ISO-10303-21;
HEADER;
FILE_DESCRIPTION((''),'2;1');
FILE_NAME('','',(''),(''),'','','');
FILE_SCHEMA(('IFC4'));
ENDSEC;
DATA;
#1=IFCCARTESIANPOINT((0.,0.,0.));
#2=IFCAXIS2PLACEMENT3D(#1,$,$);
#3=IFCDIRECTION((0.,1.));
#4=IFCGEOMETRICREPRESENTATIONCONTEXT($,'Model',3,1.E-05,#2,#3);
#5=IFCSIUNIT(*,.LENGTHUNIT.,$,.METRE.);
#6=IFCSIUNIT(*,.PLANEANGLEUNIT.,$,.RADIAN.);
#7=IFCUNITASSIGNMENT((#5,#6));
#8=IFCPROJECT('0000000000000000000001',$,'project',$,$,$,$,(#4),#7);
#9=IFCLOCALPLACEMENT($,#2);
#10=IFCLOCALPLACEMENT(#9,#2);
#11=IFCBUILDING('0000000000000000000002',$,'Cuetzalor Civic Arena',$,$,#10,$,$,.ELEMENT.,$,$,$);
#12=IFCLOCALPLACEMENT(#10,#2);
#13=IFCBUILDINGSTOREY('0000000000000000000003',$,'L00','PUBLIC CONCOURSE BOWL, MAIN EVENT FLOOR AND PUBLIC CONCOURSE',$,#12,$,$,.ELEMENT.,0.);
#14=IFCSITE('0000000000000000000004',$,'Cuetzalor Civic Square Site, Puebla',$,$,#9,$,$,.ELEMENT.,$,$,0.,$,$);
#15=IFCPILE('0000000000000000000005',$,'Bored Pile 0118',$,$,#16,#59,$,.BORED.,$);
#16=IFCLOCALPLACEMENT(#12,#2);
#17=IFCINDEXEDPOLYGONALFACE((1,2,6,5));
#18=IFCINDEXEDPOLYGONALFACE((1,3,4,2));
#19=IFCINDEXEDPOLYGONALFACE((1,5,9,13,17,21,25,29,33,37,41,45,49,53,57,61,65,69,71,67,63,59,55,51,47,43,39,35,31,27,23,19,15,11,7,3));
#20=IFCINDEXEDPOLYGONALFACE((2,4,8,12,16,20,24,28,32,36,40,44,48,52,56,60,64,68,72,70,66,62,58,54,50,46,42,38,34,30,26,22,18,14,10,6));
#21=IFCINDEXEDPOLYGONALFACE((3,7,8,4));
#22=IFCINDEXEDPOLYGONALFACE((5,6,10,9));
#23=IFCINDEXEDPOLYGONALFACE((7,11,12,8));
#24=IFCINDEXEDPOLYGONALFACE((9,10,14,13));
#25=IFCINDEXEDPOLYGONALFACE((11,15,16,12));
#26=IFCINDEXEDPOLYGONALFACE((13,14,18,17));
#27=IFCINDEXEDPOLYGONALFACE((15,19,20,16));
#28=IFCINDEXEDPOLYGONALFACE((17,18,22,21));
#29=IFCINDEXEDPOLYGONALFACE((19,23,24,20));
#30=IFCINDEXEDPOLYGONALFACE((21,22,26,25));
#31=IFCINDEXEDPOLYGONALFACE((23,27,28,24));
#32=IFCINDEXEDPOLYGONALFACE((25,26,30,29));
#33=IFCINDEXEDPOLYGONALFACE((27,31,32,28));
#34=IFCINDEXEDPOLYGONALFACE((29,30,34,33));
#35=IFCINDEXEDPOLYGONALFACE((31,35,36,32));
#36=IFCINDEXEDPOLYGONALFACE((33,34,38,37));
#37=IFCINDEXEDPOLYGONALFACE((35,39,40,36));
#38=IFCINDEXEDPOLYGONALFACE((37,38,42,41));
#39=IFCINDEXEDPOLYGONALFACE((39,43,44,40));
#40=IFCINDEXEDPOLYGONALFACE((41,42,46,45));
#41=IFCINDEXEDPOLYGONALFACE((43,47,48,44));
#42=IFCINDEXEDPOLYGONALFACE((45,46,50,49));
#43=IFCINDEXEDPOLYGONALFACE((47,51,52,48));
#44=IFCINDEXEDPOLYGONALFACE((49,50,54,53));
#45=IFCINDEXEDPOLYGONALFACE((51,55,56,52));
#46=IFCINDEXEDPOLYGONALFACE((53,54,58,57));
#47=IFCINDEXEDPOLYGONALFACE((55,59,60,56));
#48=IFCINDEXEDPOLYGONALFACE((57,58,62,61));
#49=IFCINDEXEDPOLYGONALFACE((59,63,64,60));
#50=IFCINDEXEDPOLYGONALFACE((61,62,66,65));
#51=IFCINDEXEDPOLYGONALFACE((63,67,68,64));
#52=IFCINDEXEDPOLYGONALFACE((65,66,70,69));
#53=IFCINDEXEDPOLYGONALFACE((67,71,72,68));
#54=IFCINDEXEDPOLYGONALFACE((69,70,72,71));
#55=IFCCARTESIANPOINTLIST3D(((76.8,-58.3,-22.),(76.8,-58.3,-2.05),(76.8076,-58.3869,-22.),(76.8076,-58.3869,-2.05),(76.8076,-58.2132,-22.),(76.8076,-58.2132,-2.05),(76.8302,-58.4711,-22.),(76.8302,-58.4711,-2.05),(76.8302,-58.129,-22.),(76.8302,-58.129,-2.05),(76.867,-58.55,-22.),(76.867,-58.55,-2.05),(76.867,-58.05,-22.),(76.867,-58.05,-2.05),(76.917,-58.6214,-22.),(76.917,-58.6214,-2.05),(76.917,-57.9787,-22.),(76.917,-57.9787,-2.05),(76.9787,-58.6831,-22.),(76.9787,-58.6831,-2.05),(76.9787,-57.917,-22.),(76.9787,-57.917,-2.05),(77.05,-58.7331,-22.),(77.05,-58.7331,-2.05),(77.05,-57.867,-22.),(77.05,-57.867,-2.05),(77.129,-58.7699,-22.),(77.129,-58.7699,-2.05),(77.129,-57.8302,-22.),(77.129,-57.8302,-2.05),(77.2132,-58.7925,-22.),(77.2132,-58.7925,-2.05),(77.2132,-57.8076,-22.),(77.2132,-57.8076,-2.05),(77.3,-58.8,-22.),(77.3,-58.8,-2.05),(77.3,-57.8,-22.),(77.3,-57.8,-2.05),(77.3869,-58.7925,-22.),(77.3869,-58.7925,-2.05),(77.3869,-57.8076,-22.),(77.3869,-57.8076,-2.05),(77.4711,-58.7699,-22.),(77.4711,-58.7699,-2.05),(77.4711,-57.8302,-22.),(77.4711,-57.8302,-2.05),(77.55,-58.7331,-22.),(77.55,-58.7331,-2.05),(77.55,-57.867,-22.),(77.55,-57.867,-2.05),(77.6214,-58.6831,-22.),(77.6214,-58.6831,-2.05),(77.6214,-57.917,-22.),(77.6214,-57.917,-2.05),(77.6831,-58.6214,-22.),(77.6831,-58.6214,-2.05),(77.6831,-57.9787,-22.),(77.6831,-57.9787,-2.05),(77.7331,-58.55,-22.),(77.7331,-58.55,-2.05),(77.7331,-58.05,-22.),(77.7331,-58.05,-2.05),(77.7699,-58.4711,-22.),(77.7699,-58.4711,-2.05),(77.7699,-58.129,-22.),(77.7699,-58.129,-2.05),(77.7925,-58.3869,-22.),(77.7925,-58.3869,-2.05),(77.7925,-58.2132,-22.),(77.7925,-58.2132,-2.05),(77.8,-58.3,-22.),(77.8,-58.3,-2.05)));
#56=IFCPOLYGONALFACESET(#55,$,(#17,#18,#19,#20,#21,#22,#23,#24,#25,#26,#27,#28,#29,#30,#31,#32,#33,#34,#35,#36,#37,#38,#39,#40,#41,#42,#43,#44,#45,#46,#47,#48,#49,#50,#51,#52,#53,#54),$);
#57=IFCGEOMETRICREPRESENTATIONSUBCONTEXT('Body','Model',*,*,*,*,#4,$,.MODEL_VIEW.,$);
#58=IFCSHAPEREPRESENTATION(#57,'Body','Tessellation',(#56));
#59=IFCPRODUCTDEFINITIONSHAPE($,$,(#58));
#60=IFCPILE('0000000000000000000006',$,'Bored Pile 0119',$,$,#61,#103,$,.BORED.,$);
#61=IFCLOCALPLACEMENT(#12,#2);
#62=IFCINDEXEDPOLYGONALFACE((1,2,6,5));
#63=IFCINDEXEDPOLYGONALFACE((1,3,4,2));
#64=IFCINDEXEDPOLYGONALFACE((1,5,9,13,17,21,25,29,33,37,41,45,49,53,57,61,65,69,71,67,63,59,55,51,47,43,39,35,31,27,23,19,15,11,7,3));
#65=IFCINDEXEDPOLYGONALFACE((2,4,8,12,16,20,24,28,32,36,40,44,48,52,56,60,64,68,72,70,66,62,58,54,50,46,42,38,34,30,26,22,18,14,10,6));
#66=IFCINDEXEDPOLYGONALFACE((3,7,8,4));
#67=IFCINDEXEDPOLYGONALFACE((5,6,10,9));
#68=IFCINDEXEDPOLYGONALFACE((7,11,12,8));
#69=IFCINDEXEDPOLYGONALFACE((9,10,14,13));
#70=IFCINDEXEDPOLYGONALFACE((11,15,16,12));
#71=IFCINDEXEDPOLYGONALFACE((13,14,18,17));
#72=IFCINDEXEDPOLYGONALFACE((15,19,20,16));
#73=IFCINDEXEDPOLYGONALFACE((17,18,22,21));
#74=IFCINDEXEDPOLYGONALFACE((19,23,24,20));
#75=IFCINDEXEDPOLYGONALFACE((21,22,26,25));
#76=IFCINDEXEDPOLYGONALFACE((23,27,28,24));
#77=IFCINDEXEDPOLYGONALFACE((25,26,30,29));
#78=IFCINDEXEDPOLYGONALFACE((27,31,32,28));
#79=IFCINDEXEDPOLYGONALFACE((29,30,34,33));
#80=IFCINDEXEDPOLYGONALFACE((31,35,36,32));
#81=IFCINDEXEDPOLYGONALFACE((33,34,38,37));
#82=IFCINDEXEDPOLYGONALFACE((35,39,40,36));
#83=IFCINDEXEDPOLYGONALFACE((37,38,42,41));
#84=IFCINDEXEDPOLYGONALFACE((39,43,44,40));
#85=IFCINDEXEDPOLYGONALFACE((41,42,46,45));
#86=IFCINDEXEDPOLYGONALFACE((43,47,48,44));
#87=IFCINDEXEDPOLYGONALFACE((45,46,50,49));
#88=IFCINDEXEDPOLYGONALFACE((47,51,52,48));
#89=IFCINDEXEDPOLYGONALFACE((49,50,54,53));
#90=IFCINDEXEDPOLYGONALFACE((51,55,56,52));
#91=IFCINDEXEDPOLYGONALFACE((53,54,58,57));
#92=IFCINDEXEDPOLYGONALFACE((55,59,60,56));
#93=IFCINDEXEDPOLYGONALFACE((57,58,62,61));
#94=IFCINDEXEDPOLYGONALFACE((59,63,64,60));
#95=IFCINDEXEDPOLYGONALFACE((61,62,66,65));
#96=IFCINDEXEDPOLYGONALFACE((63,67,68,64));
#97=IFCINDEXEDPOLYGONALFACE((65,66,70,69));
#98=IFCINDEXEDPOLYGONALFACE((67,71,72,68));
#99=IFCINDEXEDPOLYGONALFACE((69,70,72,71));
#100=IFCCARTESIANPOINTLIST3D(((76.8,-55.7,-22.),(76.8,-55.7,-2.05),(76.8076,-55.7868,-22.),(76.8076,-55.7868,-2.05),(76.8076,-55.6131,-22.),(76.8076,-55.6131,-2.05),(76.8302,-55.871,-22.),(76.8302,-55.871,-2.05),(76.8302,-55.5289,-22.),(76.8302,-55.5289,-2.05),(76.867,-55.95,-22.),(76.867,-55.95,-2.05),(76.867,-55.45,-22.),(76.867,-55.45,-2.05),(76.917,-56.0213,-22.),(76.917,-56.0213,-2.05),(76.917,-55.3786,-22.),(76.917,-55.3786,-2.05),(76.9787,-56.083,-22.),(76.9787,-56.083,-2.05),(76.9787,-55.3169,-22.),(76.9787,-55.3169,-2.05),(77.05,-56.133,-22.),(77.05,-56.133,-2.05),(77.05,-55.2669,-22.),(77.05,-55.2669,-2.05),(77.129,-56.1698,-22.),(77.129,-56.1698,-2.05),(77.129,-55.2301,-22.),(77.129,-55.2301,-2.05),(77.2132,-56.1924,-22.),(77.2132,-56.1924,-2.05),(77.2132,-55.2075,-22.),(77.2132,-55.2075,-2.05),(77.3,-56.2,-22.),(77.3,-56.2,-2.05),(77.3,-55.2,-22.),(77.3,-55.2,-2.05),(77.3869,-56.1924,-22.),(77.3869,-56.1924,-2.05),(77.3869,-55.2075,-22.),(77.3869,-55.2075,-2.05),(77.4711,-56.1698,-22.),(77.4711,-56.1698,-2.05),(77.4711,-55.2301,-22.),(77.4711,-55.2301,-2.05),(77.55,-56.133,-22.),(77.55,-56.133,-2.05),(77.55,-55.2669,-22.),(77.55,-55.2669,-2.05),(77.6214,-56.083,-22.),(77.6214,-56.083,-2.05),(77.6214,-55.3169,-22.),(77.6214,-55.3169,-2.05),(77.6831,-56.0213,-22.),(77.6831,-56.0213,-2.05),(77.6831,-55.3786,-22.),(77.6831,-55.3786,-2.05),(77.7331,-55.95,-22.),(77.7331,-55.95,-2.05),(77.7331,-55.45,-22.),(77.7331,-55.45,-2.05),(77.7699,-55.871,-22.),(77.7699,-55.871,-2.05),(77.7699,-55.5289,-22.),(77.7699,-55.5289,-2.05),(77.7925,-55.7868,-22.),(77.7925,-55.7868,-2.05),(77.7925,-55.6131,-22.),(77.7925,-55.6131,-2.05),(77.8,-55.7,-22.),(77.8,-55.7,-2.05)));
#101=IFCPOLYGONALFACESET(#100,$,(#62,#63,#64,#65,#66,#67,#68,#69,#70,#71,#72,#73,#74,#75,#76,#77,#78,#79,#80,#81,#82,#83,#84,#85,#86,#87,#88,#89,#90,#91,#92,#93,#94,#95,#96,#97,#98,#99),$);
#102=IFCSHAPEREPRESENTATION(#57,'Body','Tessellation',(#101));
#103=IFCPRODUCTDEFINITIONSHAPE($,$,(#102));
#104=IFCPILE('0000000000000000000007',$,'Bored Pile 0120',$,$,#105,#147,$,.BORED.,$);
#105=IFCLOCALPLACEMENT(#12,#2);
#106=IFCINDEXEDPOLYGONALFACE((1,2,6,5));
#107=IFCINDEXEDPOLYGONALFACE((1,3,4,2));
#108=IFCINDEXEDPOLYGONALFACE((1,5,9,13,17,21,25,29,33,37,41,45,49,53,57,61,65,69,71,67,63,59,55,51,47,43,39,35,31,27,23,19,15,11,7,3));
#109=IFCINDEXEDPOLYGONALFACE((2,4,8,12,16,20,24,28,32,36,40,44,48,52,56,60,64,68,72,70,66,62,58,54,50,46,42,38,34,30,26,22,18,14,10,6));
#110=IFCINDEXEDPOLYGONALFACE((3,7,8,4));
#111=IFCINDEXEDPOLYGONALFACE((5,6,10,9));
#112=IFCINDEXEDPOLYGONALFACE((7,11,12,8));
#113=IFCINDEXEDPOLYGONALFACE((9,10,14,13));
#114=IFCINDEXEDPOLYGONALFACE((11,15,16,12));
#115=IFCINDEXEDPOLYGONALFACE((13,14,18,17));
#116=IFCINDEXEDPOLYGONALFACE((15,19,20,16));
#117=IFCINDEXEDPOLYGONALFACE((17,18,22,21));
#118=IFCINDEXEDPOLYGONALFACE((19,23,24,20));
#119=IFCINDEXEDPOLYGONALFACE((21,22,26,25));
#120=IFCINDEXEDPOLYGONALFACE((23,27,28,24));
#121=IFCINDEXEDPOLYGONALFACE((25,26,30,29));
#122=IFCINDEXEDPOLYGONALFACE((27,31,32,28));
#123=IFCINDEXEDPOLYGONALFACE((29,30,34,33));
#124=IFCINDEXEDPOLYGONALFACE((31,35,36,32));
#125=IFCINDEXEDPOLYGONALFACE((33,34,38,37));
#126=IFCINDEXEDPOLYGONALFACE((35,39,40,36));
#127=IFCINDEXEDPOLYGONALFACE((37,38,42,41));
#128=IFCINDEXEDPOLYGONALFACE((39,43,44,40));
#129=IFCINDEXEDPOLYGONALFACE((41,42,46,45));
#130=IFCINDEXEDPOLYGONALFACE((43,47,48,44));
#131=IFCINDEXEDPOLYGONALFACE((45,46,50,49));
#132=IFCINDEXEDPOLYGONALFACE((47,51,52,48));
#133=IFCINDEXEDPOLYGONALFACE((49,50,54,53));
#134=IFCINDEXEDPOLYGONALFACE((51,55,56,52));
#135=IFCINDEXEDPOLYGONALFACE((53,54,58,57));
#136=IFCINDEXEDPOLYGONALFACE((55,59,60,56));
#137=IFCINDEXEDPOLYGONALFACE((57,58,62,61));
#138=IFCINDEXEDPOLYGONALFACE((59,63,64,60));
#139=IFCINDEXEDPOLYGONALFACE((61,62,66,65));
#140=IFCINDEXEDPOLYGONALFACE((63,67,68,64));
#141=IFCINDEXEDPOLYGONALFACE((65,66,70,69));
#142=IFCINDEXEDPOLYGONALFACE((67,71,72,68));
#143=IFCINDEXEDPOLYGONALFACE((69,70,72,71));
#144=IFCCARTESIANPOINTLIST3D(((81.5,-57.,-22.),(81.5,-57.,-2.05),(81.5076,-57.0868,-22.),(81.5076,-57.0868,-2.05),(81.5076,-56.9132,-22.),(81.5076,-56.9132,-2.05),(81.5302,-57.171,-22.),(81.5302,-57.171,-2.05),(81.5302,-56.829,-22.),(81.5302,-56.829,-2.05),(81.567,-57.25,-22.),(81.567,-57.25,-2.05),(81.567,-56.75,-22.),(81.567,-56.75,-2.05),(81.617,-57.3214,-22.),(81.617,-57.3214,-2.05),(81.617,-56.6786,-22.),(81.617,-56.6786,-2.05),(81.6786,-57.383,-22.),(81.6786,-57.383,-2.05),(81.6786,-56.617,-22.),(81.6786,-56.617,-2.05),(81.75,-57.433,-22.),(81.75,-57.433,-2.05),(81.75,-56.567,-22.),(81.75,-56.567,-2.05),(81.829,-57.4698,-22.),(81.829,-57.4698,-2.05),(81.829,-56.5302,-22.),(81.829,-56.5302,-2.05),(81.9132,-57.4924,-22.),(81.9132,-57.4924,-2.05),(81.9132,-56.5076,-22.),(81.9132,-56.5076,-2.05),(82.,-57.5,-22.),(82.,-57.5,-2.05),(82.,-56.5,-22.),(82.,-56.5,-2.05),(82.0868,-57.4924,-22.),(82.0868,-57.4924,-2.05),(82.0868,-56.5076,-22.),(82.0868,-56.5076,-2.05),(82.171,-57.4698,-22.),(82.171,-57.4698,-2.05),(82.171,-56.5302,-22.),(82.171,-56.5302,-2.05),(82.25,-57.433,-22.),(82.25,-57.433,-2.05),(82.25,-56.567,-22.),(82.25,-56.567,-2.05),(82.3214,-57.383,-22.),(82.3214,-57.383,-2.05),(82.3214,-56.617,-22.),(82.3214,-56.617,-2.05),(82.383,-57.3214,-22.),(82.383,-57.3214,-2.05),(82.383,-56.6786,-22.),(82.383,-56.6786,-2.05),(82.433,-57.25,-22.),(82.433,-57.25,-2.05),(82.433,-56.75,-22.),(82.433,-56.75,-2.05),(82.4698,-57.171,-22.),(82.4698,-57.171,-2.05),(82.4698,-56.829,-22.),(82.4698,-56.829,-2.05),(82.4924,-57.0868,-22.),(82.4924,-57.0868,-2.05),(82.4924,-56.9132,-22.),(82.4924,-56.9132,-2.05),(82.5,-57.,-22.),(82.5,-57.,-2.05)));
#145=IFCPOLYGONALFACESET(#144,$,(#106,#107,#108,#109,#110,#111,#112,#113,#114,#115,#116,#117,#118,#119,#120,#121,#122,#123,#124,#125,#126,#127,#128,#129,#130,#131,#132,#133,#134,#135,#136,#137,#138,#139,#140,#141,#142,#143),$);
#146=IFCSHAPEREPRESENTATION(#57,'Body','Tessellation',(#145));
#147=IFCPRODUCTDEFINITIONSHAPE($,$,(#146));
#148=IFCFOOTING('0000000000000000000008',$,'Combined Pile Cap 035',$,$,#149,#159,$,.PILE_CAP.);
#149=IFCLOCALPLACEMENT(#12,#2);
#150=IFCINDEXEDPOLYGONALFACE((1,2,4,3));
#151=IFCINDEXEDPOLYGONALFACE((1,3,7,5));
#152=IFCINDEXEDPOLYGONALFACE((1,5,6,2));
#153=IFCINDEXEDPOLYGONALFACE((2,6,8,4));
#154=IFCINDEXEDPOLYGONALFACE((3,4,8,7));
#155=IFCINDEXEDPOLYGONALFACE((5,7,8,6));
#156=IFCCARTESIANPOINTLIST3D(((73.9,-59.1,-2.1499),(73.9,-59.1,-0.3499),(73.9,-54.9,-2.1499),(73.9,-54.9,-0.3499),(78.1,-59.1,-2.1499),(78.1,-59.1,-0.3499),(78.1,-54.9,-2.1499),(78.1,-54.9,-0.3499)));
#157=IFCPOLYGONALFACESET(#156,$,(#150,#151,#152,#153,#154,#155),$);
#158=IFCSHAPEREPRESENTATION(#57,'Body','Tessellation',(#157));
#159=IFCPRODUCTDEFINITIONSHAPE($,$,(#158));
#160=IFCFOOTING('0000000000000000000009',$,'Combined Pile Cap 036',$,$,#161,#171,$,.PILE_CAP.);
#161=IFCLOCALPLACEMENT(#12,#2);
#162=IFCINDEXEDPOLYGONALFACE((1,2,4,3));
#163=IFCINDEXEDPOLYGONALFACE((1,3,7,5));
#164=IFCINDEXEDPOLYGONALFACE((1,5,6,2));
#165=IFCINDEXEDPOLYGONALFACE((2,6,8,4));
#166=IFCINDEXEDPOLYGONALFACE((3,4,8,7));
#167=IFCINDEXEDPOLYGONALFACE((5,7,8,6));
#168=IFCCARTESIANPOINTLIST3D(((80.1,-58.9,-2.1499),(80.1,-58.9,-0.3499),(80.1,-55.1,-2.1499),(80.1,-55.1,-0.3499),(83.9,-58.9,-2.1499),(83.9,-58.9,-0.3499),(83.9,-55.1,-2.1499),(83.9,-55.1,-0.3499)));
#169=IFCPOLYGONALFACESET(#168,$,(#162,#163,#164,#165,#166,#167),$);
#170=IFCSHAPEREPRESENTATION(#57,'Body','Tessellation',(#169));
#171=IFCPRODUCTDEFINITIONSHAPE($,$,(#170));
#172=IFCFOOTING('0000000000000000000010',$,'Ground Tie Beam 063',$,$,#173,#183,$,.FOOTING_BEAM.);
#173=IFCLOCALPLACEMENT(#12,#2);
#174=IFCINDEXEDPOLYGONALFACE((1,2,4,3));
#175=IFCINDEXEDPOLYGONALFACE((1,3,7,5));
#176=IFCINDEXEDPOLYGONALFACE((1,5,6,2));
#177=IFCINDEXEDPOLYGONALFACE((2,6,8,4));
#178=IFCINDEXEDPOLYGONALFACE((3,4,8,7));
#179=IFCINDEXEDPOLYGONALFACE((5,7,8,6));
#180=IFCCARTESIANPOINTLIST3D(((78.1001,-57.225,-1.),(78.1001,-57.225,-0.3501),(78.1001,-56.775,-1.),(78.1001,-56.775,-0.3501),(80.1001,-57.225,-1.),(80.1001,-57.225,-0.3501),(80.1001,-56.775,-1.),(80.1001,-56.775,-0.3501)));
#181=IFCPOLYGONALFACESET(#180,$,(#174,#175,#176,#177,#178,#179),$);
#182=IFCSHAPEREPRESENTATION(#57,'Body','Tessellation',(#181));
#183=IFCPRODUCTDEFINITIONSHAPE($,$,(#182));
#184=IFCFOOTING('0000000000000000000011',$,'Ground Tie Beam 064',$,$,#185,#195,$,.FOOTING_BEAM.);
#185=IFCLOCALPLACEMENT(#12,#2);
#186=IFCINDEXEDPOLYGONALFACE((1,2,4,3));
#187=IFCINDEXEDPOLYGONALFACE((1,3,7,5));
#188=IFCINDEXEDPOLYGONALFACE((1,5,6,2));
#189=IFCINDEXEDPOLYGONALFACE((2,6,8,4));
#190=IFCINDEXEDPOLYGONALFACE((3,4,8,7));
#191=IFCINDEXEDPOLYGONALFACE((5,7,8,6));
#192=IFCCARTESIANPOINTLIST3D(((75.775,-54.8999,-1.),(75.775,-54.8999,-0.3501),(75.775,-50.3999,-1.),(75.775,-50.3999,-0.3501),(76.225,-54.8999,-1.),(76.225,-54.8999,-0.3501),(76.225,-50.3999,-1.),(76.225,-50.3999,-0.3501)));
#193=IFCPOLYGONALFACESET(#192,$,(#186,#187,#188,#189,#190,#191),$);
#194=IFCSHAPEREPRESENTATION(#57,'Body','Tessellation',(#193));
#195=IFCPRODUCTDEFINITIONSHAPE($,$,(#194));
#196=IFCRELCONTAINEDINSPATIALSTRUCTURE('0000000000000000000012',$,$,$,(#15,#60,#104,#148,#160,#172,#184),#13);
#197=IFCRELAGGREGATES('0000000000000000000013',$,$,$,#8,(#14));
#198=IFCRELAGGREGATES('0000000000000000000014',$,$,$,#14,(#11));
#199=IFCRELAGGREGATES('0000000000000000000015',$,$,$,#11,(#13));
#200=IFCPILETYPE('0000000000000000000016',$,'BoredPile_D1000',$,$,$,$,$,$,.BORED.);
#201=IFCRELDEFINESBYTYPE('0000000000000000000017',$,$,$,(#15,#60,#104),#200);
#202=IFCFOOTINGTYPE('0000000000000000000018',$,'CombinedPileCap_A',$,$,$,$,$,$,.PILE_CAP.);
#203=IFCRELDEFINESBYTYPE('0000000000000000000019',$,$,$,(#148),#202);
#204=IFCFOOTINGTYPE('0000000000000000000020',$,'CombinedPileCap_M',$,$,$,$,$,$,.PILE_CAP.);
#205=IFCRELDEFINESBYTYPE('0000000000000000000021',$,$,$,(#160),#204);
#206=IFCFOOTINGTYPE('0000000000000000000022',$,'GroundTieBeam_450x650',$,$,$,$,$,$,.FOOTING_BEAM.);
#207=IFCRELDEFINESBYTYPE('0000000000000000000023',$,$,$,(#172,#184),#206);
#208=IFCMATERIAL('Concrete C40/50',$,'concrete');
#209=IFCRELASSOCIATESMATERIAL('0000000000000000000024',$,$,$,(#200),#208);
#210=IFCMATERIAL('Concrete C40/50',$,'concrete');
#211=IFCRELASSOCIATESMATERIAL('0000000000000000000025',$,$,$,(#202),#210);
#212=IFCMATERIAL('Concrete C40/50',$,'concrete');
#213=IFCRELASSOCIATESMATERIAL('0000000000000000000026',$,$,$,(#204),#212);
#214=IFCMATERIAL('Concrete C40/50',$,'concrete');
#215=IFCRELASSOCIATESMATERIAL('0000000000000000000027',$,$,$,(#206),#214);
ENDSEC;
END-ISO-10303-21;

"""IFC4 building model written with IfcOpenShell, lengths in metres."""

from ifc_helpers import new_model, si_unit, direction, frame, origin, origin_2d, place, context, subcontext, project, spatial, rectangle, circle, extrude, material, material_profile, profile_set, type_object, element, save


model = new_model("IFC4")

# Units and contexts
model_context = context("Model", 3, precision=1e-05, world=origin(), true_north=direction((0.0, 1.0)))
body_context = subcontext(model_context, "Body", "Model", "MODEL_VIEW")
ifc_project = project(units=[si_unit("LENGTHUNIT", "METRE"), si_unit("PLANEANGLEUNIT", "RADIAN")], contexts=[model_context])

# Site, building, storey
site_placement = place(None, origin())
site = spatial("IfcSite", under=ifc_project, at=site_placement, Name="Cuetzalor Civic Square Site, Puebla", CompositionType="ELEMENT", RefElevation=0.0)
building_placement = place(site_placement, origin())
building = spatial("IfcBuilding", under=site, at=building_placement, Name="Cuetzalor Civic Arena", CompositionType="ELEMENT")
storey_placement = place(building_placement, origin())
storey = spatial("IfcBuildingStorey", under=building, at=storey_placement, Name="L00", Description="PUBLIC CONCOURSE BOWL, MAIN EVENT FLOOR AND PUBLIC CONCOURSE", CompositionType="ELEMENT", Elevation=0.0)

# Piles
ifc_material_1 = material(Name="Concrete C40/50", Category="concrete")
ifc_material_profile_1 = material_profile(ifc_material_1, circle(Radius=0.5, at=origin_2d()), Name="BORED PILE D1000")
ifc_profile_set_1 = profile_set([ifc_material_profile_1], Name="Concrete C40/50")
pile_type = type_object("IfcPileType", Name="BoredPile_D1000", PredefinedType="BORED", material=ifc_profile_set_1)
for number, where, z_axis, x_axis, name in (
    (1, (77.3, -58.3, -2.05), (0.0, 0.0, -1.0), (1.0, 0.0, 0.0), "Bored Pile 0118"),
    (2, (77.3, -55.7, -2.05), (0.0, 0.0, -1.0), (1.0, 0.0, 0.0), "Bored Pile 0119"),
    (3, (82.0, -57.0, -2.05), (0.0, 0.0, -1.0), (1.0, 0.0, 0.0), "Bored Pile 0120"),
):
    element("IfcPile", number, at=place(storey_placement, frame(where, z_axis=z_axis, x_axis=x_axis)), inside=storey, type_object=pile_type, Name=name, PredefinedType="BORED", context=body_context, shape_type="SweptSolid", body=[
        extrude(circle(Radius=0.5, at=origin_2d()), origin(), (0.0, 0.0, 1.0), 19.95),
    ])

# Footings
ifc_material_2 = material(Name="Concrete C40/50", Category="concrete")
footing_type_1 = type_object("IfcFootingType", Name="CombinedPileCap_A", PredefinedType="PILE_CAP", material=ifc_material_2)
footing_1_placement = place(storey_placement, frame((76.0, -57.0, -2.1499), z_axis=(0.0, 0.0, 1.0), x_axis=(1.0, 0.0, 0.0)))
element("IfcFooting", 4, at=footing_1_placement, inside=storey, type_object=footing_type_1, Name="Combined Pile Cap 035", PredefinedType="PILE_CAP", context=body_context, shape_type="SweptSolid", body=[
    extrude(rectangle(XDim=4.2, YDim=4.2, at=origin_2d()), origin(), (0.0, 0.0, 1.0), 1.8),
])
ifc_material_3 = material(Name="Concrete C40/50", Category="concrete")
footing_type_2 = type_object("IfcFootingType", Name="CombinedPileCap_M", PredefinedType="PILE_CAP", material=ifc_material_3)
footing_2_placement = place(storey_placement, frame((82.0, -57.0, -2.1499), z_axis=(0.0, 0.0, 1.0), x_axis=(1.0, 0.0, 0.0)))
element("IfcFooting", 5, at=footing_2_placement, inside=storey, type_object=footing_type_2, Name="Combined Pile Cap 036", PredefinedType="PILE_CAP", context=body_context, shape_type="SweptSolid", body=[
    extrude(rectangle(XDim=3.8, YDim=3.8, at=origin_2d()), origin(), (0.0, 0.0, 1.0), 1.8),
])
ifc_material_4 = material(Name="Concrete C40/50", Category="concrete")
ifc_material_profile_2 = material_profile(ifc_material_4, rectangle(XDim=0.45, YDim=0.6499, at=origin_2d()), Name="RC 450x650")
ifc_profile_set_2 = profile_set([ifc_material_profile_2], Name="Concrete C40/50")
footing_type_3 = type_object("IfcFootingType", Name="GroundTieBeam_450x650", PredefinedType="FOOTING_BEAM", material=ifc_profile_set_2)
footing_3_placement = place(storey_placement, frame((78.1001, -57.0, -0.675), z_axis=(1.0, 0.0, 0.0), x_axis=(0.0, 1.0, 0.0)))
element("IfcFooting", 6, at=footing_3_placement, inside=storey, type_object=footing_type_3, Name="Ground Tie Beam 063", PredefinedType="FOOTING_BEAM", context=body_context, shape_type="SweptSolid", body=[
    extrude(rectangle(XDim=0.45, YDim=0.6499, at=origin_2d()), origin(), (0.0, 0.0, 1.0), 2.0),
])
footing_4_placement = place(storey_placement, frame((76.0, -54.8999, -0.675), z_axis=(0.0, 1.0, 0.0), x_axis=(-1.0, 0.0, 0.0)))
element("IfcFooting", 7, at=footing_4_placement, inside=storey, type_object=footing_type_3, Name="Ground Tie Beam 064", PredefinedType="FOOTING_BEAM", context=body_context, shape_type="SweptSolid", body=[
    extrude(rectangle(XDim=0.45, YDim=0.6499, at=origin_2d()), origin(), (0.0, 0.0, 1.0), 4.5),
])

save(model, "model.ifc")
